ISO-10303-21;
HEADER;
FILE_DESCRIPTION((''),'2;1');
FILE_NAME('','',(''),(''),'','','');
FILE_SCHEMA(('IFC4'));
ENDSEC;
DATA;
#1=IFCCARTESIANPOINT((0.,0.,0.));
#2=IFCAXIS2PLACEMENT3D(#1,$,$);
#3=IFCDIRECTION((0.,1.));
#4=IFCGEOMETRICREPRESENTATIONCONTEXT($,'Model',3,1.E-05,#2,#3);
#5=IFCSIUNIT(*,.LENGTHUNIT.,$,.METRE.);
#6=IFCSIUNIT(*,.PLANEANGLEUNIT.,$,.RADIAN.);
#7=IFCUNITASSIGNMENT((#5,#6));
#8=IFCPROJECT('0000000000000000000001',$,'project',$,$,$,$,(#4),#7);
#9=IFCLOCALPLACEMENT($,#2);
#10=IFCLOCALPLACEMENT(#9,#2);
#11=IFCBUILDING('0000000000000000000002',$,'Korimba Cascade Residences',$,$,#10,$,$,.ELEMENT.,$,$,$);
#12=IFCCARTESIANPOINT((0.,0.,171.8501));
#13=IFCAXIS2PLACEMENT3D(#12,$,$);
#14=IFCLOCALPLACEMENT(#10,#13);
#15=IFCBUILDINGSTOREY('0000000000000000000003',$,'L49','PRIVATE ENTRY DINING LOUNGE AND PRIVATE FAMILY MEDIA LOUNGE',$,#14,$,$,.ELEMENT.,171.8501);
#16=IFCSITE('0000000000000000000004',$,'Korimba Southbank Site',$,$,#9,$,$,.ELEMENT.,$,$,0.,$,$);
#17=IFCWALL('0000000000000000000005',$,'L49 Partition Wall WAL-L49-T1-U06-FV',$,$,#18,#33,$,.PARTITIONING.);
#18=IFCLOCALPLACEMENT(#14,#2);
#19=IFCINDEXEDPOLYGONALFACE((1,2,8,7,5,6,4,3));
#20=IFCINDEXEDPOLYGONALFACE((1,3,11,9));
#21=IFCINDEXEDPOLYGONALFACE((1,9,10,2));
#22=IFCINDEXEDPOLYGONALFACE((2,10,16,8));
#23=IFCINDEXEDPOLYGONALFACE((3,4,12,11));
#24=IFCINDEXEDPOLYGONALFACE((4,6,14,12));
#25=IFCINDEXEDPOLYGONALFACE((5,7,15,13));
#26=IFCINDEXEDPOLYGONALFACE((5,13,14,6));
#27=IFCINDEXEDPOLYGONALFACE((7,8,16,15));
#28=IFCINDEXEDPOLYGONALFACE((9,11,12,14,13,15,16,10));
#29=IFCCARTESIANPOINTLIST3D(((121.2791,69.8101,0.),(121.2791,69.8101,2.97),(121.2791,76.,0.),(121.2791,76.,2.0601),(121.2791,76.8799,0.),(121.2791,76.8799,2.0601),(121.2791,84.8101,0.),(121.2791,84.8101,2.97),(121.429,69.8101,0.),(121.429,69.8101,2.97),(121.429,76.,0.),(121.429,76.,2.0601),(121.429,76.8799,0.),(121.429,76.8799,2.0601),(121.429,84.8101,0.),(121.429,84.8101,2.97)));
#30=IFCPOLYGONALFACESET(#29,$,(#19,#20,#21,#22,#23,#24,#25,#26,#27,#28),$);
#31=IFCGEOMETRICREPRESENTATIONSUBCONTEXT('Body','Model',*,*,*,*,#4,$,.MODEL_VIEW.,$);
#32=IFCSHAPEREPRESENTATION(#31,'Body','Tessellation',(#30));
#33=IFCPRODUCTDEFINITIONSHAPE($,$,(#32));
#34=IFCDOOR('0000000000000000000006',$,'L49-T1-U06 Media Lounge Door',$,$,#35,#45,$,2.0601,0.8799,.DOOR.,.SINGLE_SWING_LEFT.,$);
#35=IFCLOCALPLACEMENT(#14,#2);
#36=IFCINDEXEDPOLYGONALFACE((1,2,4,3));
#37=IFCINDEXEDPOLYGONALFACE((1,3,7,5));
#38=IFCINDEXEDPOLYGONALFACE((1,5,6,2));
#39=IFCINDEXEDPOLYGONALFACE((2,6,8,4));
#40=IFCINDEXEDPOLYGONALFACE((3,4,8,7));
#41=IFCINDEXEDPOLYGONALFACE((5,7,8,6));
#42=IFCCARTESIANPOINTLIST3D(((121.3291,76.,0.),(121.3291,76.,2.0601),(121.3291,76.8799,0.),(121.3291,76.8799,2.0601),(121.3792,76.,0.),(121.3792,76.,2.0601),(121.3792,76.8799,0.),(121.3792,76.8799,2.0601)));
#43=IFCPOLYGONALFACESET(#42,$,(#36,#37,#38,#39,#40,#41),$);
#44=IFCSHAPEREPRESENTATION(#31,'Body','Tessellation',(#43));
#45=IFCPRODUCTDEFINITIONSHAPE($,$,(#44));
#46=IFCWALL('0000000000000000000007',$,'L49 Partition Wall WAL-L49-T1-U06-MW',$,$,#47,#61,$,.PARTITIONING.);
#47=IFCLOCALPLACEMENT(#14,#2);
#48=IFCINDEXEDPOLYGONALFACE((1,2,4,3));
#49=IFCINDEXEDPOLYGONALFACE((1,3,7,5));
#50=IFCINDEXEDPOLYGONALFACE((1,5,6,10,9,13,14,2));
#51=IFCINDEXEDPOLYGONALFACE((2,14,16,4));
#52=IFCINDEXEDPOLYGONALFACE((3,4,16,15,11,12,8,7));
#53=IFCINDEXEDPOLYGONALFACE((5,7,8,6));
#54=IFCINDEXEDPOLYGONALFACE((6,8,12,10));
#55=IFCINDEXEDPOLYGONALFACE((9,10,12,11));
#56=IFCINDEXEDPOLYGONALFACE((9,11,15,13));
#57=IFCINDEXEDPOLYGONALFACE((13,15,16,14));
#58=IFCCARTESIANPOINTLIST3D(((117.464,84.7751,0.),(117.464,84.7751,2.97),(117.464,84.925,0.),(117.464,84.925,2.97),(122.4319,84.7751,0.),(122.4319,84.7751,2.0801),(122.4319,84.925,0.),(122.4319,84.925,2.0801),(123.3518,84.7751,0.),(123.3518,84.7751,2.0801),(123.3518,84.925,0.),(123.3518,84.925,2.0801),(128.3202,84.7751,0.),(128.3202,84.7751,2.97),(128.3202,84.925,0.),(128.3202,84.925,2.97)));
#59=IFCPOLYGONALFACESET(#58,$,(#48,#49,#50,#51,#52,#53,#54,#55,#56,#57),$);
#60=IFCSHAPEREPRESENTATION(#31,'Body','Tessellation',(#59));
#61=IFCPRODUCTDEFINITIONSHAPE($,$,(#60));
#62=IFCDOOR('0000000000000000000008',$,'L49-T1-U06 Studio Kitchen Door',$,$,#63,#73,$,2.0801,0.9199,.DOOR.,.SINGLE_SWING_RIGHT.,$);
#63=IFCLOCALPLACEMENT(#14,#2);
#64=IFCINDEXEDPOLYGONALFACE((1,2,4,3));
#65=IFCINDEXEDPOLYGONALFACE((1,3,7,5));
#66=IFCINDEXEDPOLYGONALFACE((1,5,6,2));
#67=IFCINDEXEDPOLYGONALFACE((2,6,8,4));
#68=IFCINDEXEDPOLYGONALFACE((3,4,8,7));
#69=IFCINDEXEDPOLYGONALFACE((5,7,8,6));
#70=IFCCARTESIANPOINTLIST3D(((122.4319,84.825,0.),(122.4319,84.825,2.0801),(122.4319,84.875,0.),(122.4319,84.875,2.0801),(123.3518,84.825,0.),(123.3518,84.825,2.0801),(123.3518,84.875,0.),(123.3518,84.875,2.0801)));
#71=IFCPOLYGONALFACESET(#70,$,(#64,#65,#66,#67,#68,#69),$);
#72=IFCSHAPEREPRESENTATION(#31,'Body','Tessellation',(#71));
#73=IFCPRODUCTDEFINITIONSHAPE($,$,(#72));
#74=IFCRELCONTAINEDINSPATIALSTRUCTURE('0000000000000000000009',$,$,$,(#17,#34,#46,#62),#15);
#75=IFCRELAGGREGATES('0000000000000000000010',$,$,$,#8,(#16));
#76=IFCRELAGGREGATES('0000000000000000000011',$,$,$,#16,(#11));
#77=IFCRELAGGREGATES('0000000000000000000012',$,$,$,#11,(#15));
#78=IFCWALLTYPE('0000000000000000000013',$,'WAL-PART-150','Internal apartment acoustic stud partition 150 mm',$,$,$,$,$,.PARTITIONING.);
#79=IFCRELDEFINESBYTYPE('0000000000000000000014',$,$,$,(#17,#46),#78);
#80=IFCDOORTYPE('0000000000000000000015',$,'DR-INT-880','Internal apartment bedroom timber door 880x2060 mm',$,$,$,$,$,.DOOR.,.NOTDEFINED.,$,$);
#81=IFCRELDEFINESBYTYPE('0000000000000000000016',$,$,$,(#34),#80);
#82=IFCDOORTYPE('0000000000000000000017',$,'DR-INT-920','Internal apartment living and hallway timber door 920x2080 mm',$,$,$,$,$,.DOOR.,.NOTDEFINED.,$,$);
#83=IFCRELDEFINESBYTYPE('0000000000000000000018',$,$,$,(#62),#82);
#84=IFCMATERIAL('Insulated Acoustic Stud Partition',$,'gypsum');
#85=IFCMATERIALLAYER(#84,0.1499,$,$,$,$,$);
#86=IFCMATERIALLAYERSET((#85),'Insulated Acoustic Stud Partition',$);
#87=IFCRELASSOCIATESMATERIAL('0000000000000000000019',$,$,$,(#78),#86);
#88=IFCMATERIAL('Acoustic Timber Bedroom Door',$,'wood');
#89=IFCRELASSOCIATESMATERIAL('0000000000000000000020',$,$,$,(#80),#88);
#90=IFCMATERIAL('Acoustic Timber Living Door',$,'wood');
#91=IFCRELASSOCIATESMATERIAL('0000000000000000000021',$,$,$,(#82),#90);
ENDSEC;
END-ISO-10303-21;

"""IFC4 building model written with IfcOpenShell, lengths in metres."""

from ifc_helpers import new_model, si_unit, direction, frame, frame_2d, origin, place, context, subcontext, project, spatial, rectangle, extrude, material, layer, layer_set, type_object, element, fill, save


model = new_model("IFC4")

# Units and contexts
model_context = context("Model", 3, precision=1e-05, world=origin(), true_north=direction((0.0, 1.0)))
body_context = subcontext(model_context, "Body", "Model", "MODEL_VIEW")
ifc_project = project(units=[si_unit("LENGTHUNIT", "METRE"), si_unit("PLANEANGLEUNIT", "RADIAN")], contexts=[model_context])

# Site, building, storey
site_placement = place(None, origin())
site = spatial("IfcSite", under=ifc_project, at=site_placement, Name="Korimba Southbank Site", CompositionType="ELEMENT", RefElevation=0.0)
building_placement = place(site_placement, origin())
building = spatial("IfcBuilding", under=site, at=building_placement, Name="Korimba Cascade Residences", CompositionType="ELEMENT")
storey_placement = place(building_placement, frame((0.0, 0.0, 171.8501)))
storey = spatial("IfcBuildingStorey", under=building, at=storey_placement, Name="L49", Description="PRIVATE ENTRY DINING LOUNGE AND PRIVATE FAMILY MEDIA LOUNGE", CompositionType="ELEMENT", Elevation=171.8501)

# Walls, openings, doors
ifc_material_1 = material(Name="Insulated Acoustic Stud Partition", Category="gypsum")
ifc_layer_1 = layer(ifc_material_1, 0.1499)
ifc_layer_set_1 = layer_set([ifc_layer_1], Name="Insulated Acoustic Stud Partition")
wall_type_1 = type_object("IfcWallType", Name="WAL-PART-150", Description="Internal apartment acoustic stud partition 150 mm", PredefinedType="PARTITIONING", material=ifc_layer_set_1)
ifc_material_2 = material(Name="Acoustic Timber Bedroom Door", Category="wood")
door_type_1 = type_object("IfcDoorType", Name="DR-INT-880", Description="Internal apartment bedroom timber door 880x2060 mm", OperationType="NOTDEFINED", PredefinedType="DOOR", material=ifc_material_2)
wall_1_placement = place(storey_placement, frame((121.354, 69.8101, 0.0), z_axis=(0.0, 0.0, 1.0), x_axis=(0.0, 1.0, 0.0)))
wall_1 = element("IfcWall", 1, at=wall_1_placement, inside=storey, type_object=wall_type_1, Name="L49 Partition Wall WAL-L49-T1-U06-FV", PredefinedType="PARTITIONING", context=body_context, shape_type="SweptSolid", body=[
    extrude(rectangle(XDim=15.0, YDim=0.1499, at=frame_2d((7.5, 0.0))), origin(), (0.0, 0.0, 1.0), 2.97),
])
opening_1_placement = place(wall_1_placement, frame((6.1899, 0.0, 0.0)))
opening_1 = element("IfcOpeningElement", 2, at=opening_1_placement, cuts=wall_1, PredefinedType="OPENING", context=body_context, shape_type="SweptSolid", body=[
    extrude(rectangle(XDim=0.8799, YDim=2.0601, at=frame_2d((0.4399, 1.03))), frame((0.0, 0.085, 0.0), z_axis=(0.0, -1.0, 0.0), x_axis=(1.0, 0.0, 0.0)), (0.0, 0.0, 1.0), 0.1699),
])
door_1_placement = place(opening_1_placement, origin())
door_1 = element("IfcDoor", 3, at=door_1_placement, inside=storey, type_object=door_type_1, Name="L49-T1-U06 Media Lounge Door", OperationType="SINGLE_SWING_LEFT", OverallHeight=2.0601, OverallWidth=0.8799, PredefinedType="DOOR", context=body_context, shape_type="SweptSolid", body=[
    extrude(rectangle(XDim=0.8799, YDim=2.0601, at=frame_2d((0.4399, 1.03))), frame((0.0, 0.0249, 0.0), z_axis=(0.0, -1.0, 0.0), x_axis=(1.0, 0.0, 0.0)), (0.0, 0.0, 1.0), 0.05),
])
fill(opening_1, door_1)
wall_2_placement = place(storey_placement, frame((117.4639, 84.8501, 0.0), z_axis=(0.0, 0.0, 1.0), x_axis=(1.0, 0.0, 0.0)))
wall_2 = element("IfcWall", 4, at=wall_2_placement, inside=storey, type_object=wall_type_1, Name="L49 Partition Wall WAL-L49-T1-U06-MW", PredefinedType="PARTITIONING", context=body_context, shape_type="SweptSolid", body=[
    extrude(rectangle(XDim=10.8562, YDim=0.1499, at=frame_2d((5.4282, 0.0))), origin(), (0.0, 0.0, 1.0), 2.97),
])
opening_2_placement = place(wall_2_placement, frame((4.968, 0.0, 0.0)))
opening_2 = element("IfcOpeningElement", 5, at=opening_2_placement, cuts=wall_2, PredefinedType="OPENING", context=body_context, shape_type="SweptSolid", body=[
    extrude(rectangle(XDim=0.9199, YDim=2.0801, at=frame_2d((0.46, 1.04))), frame((0.0, 0.085, 0.0), z_axis=(0.0, -1.0, 0.0), x_axis=(1.0, 0.0, 0.0)), (0.0, 0.0, 1.0), 0.1699),
])
ifc_material_3 = material(Name="Acoustic Timber Living Door", Category="wood")
door_type_2 = type_object("IfcDoorType", Name="DR-INT-920", Description="Internal apartment living and hallway timber door 920x2080 mm", OperationType="NOTDEFINED", PredefinedType="DOOR", material=ifc_material_3)
door_2_placement = place(opening_2_placement, origin())
door_2 = element("IfcDoor", 6, at=door_2_placement, inside=storey, type_object=door_type_2, Name="L49-T1-U06 Studio Kitchen Door", OperationType="SINGLE_SWING_RIGHT", OverallHeight=2.0801, OverallWidth=0.9199, PredefinedType="DOOR", context=body_context, shape_type="SweptSolid", body=[
    extrude(rectangle(XDim=0.9199, YDim=2.0801, at=frame_2d((0.46, 1.04))), frame((0.0, 0.0249, 0.0), z_axis=(0.0, -1.0, 0.0), x_axis=(1.0, 0.0, 0.0)), (0.0, 0.0, 1.0), 0.05),
])
fill(opening_2, door_2)

save(model, "model.ifc")
